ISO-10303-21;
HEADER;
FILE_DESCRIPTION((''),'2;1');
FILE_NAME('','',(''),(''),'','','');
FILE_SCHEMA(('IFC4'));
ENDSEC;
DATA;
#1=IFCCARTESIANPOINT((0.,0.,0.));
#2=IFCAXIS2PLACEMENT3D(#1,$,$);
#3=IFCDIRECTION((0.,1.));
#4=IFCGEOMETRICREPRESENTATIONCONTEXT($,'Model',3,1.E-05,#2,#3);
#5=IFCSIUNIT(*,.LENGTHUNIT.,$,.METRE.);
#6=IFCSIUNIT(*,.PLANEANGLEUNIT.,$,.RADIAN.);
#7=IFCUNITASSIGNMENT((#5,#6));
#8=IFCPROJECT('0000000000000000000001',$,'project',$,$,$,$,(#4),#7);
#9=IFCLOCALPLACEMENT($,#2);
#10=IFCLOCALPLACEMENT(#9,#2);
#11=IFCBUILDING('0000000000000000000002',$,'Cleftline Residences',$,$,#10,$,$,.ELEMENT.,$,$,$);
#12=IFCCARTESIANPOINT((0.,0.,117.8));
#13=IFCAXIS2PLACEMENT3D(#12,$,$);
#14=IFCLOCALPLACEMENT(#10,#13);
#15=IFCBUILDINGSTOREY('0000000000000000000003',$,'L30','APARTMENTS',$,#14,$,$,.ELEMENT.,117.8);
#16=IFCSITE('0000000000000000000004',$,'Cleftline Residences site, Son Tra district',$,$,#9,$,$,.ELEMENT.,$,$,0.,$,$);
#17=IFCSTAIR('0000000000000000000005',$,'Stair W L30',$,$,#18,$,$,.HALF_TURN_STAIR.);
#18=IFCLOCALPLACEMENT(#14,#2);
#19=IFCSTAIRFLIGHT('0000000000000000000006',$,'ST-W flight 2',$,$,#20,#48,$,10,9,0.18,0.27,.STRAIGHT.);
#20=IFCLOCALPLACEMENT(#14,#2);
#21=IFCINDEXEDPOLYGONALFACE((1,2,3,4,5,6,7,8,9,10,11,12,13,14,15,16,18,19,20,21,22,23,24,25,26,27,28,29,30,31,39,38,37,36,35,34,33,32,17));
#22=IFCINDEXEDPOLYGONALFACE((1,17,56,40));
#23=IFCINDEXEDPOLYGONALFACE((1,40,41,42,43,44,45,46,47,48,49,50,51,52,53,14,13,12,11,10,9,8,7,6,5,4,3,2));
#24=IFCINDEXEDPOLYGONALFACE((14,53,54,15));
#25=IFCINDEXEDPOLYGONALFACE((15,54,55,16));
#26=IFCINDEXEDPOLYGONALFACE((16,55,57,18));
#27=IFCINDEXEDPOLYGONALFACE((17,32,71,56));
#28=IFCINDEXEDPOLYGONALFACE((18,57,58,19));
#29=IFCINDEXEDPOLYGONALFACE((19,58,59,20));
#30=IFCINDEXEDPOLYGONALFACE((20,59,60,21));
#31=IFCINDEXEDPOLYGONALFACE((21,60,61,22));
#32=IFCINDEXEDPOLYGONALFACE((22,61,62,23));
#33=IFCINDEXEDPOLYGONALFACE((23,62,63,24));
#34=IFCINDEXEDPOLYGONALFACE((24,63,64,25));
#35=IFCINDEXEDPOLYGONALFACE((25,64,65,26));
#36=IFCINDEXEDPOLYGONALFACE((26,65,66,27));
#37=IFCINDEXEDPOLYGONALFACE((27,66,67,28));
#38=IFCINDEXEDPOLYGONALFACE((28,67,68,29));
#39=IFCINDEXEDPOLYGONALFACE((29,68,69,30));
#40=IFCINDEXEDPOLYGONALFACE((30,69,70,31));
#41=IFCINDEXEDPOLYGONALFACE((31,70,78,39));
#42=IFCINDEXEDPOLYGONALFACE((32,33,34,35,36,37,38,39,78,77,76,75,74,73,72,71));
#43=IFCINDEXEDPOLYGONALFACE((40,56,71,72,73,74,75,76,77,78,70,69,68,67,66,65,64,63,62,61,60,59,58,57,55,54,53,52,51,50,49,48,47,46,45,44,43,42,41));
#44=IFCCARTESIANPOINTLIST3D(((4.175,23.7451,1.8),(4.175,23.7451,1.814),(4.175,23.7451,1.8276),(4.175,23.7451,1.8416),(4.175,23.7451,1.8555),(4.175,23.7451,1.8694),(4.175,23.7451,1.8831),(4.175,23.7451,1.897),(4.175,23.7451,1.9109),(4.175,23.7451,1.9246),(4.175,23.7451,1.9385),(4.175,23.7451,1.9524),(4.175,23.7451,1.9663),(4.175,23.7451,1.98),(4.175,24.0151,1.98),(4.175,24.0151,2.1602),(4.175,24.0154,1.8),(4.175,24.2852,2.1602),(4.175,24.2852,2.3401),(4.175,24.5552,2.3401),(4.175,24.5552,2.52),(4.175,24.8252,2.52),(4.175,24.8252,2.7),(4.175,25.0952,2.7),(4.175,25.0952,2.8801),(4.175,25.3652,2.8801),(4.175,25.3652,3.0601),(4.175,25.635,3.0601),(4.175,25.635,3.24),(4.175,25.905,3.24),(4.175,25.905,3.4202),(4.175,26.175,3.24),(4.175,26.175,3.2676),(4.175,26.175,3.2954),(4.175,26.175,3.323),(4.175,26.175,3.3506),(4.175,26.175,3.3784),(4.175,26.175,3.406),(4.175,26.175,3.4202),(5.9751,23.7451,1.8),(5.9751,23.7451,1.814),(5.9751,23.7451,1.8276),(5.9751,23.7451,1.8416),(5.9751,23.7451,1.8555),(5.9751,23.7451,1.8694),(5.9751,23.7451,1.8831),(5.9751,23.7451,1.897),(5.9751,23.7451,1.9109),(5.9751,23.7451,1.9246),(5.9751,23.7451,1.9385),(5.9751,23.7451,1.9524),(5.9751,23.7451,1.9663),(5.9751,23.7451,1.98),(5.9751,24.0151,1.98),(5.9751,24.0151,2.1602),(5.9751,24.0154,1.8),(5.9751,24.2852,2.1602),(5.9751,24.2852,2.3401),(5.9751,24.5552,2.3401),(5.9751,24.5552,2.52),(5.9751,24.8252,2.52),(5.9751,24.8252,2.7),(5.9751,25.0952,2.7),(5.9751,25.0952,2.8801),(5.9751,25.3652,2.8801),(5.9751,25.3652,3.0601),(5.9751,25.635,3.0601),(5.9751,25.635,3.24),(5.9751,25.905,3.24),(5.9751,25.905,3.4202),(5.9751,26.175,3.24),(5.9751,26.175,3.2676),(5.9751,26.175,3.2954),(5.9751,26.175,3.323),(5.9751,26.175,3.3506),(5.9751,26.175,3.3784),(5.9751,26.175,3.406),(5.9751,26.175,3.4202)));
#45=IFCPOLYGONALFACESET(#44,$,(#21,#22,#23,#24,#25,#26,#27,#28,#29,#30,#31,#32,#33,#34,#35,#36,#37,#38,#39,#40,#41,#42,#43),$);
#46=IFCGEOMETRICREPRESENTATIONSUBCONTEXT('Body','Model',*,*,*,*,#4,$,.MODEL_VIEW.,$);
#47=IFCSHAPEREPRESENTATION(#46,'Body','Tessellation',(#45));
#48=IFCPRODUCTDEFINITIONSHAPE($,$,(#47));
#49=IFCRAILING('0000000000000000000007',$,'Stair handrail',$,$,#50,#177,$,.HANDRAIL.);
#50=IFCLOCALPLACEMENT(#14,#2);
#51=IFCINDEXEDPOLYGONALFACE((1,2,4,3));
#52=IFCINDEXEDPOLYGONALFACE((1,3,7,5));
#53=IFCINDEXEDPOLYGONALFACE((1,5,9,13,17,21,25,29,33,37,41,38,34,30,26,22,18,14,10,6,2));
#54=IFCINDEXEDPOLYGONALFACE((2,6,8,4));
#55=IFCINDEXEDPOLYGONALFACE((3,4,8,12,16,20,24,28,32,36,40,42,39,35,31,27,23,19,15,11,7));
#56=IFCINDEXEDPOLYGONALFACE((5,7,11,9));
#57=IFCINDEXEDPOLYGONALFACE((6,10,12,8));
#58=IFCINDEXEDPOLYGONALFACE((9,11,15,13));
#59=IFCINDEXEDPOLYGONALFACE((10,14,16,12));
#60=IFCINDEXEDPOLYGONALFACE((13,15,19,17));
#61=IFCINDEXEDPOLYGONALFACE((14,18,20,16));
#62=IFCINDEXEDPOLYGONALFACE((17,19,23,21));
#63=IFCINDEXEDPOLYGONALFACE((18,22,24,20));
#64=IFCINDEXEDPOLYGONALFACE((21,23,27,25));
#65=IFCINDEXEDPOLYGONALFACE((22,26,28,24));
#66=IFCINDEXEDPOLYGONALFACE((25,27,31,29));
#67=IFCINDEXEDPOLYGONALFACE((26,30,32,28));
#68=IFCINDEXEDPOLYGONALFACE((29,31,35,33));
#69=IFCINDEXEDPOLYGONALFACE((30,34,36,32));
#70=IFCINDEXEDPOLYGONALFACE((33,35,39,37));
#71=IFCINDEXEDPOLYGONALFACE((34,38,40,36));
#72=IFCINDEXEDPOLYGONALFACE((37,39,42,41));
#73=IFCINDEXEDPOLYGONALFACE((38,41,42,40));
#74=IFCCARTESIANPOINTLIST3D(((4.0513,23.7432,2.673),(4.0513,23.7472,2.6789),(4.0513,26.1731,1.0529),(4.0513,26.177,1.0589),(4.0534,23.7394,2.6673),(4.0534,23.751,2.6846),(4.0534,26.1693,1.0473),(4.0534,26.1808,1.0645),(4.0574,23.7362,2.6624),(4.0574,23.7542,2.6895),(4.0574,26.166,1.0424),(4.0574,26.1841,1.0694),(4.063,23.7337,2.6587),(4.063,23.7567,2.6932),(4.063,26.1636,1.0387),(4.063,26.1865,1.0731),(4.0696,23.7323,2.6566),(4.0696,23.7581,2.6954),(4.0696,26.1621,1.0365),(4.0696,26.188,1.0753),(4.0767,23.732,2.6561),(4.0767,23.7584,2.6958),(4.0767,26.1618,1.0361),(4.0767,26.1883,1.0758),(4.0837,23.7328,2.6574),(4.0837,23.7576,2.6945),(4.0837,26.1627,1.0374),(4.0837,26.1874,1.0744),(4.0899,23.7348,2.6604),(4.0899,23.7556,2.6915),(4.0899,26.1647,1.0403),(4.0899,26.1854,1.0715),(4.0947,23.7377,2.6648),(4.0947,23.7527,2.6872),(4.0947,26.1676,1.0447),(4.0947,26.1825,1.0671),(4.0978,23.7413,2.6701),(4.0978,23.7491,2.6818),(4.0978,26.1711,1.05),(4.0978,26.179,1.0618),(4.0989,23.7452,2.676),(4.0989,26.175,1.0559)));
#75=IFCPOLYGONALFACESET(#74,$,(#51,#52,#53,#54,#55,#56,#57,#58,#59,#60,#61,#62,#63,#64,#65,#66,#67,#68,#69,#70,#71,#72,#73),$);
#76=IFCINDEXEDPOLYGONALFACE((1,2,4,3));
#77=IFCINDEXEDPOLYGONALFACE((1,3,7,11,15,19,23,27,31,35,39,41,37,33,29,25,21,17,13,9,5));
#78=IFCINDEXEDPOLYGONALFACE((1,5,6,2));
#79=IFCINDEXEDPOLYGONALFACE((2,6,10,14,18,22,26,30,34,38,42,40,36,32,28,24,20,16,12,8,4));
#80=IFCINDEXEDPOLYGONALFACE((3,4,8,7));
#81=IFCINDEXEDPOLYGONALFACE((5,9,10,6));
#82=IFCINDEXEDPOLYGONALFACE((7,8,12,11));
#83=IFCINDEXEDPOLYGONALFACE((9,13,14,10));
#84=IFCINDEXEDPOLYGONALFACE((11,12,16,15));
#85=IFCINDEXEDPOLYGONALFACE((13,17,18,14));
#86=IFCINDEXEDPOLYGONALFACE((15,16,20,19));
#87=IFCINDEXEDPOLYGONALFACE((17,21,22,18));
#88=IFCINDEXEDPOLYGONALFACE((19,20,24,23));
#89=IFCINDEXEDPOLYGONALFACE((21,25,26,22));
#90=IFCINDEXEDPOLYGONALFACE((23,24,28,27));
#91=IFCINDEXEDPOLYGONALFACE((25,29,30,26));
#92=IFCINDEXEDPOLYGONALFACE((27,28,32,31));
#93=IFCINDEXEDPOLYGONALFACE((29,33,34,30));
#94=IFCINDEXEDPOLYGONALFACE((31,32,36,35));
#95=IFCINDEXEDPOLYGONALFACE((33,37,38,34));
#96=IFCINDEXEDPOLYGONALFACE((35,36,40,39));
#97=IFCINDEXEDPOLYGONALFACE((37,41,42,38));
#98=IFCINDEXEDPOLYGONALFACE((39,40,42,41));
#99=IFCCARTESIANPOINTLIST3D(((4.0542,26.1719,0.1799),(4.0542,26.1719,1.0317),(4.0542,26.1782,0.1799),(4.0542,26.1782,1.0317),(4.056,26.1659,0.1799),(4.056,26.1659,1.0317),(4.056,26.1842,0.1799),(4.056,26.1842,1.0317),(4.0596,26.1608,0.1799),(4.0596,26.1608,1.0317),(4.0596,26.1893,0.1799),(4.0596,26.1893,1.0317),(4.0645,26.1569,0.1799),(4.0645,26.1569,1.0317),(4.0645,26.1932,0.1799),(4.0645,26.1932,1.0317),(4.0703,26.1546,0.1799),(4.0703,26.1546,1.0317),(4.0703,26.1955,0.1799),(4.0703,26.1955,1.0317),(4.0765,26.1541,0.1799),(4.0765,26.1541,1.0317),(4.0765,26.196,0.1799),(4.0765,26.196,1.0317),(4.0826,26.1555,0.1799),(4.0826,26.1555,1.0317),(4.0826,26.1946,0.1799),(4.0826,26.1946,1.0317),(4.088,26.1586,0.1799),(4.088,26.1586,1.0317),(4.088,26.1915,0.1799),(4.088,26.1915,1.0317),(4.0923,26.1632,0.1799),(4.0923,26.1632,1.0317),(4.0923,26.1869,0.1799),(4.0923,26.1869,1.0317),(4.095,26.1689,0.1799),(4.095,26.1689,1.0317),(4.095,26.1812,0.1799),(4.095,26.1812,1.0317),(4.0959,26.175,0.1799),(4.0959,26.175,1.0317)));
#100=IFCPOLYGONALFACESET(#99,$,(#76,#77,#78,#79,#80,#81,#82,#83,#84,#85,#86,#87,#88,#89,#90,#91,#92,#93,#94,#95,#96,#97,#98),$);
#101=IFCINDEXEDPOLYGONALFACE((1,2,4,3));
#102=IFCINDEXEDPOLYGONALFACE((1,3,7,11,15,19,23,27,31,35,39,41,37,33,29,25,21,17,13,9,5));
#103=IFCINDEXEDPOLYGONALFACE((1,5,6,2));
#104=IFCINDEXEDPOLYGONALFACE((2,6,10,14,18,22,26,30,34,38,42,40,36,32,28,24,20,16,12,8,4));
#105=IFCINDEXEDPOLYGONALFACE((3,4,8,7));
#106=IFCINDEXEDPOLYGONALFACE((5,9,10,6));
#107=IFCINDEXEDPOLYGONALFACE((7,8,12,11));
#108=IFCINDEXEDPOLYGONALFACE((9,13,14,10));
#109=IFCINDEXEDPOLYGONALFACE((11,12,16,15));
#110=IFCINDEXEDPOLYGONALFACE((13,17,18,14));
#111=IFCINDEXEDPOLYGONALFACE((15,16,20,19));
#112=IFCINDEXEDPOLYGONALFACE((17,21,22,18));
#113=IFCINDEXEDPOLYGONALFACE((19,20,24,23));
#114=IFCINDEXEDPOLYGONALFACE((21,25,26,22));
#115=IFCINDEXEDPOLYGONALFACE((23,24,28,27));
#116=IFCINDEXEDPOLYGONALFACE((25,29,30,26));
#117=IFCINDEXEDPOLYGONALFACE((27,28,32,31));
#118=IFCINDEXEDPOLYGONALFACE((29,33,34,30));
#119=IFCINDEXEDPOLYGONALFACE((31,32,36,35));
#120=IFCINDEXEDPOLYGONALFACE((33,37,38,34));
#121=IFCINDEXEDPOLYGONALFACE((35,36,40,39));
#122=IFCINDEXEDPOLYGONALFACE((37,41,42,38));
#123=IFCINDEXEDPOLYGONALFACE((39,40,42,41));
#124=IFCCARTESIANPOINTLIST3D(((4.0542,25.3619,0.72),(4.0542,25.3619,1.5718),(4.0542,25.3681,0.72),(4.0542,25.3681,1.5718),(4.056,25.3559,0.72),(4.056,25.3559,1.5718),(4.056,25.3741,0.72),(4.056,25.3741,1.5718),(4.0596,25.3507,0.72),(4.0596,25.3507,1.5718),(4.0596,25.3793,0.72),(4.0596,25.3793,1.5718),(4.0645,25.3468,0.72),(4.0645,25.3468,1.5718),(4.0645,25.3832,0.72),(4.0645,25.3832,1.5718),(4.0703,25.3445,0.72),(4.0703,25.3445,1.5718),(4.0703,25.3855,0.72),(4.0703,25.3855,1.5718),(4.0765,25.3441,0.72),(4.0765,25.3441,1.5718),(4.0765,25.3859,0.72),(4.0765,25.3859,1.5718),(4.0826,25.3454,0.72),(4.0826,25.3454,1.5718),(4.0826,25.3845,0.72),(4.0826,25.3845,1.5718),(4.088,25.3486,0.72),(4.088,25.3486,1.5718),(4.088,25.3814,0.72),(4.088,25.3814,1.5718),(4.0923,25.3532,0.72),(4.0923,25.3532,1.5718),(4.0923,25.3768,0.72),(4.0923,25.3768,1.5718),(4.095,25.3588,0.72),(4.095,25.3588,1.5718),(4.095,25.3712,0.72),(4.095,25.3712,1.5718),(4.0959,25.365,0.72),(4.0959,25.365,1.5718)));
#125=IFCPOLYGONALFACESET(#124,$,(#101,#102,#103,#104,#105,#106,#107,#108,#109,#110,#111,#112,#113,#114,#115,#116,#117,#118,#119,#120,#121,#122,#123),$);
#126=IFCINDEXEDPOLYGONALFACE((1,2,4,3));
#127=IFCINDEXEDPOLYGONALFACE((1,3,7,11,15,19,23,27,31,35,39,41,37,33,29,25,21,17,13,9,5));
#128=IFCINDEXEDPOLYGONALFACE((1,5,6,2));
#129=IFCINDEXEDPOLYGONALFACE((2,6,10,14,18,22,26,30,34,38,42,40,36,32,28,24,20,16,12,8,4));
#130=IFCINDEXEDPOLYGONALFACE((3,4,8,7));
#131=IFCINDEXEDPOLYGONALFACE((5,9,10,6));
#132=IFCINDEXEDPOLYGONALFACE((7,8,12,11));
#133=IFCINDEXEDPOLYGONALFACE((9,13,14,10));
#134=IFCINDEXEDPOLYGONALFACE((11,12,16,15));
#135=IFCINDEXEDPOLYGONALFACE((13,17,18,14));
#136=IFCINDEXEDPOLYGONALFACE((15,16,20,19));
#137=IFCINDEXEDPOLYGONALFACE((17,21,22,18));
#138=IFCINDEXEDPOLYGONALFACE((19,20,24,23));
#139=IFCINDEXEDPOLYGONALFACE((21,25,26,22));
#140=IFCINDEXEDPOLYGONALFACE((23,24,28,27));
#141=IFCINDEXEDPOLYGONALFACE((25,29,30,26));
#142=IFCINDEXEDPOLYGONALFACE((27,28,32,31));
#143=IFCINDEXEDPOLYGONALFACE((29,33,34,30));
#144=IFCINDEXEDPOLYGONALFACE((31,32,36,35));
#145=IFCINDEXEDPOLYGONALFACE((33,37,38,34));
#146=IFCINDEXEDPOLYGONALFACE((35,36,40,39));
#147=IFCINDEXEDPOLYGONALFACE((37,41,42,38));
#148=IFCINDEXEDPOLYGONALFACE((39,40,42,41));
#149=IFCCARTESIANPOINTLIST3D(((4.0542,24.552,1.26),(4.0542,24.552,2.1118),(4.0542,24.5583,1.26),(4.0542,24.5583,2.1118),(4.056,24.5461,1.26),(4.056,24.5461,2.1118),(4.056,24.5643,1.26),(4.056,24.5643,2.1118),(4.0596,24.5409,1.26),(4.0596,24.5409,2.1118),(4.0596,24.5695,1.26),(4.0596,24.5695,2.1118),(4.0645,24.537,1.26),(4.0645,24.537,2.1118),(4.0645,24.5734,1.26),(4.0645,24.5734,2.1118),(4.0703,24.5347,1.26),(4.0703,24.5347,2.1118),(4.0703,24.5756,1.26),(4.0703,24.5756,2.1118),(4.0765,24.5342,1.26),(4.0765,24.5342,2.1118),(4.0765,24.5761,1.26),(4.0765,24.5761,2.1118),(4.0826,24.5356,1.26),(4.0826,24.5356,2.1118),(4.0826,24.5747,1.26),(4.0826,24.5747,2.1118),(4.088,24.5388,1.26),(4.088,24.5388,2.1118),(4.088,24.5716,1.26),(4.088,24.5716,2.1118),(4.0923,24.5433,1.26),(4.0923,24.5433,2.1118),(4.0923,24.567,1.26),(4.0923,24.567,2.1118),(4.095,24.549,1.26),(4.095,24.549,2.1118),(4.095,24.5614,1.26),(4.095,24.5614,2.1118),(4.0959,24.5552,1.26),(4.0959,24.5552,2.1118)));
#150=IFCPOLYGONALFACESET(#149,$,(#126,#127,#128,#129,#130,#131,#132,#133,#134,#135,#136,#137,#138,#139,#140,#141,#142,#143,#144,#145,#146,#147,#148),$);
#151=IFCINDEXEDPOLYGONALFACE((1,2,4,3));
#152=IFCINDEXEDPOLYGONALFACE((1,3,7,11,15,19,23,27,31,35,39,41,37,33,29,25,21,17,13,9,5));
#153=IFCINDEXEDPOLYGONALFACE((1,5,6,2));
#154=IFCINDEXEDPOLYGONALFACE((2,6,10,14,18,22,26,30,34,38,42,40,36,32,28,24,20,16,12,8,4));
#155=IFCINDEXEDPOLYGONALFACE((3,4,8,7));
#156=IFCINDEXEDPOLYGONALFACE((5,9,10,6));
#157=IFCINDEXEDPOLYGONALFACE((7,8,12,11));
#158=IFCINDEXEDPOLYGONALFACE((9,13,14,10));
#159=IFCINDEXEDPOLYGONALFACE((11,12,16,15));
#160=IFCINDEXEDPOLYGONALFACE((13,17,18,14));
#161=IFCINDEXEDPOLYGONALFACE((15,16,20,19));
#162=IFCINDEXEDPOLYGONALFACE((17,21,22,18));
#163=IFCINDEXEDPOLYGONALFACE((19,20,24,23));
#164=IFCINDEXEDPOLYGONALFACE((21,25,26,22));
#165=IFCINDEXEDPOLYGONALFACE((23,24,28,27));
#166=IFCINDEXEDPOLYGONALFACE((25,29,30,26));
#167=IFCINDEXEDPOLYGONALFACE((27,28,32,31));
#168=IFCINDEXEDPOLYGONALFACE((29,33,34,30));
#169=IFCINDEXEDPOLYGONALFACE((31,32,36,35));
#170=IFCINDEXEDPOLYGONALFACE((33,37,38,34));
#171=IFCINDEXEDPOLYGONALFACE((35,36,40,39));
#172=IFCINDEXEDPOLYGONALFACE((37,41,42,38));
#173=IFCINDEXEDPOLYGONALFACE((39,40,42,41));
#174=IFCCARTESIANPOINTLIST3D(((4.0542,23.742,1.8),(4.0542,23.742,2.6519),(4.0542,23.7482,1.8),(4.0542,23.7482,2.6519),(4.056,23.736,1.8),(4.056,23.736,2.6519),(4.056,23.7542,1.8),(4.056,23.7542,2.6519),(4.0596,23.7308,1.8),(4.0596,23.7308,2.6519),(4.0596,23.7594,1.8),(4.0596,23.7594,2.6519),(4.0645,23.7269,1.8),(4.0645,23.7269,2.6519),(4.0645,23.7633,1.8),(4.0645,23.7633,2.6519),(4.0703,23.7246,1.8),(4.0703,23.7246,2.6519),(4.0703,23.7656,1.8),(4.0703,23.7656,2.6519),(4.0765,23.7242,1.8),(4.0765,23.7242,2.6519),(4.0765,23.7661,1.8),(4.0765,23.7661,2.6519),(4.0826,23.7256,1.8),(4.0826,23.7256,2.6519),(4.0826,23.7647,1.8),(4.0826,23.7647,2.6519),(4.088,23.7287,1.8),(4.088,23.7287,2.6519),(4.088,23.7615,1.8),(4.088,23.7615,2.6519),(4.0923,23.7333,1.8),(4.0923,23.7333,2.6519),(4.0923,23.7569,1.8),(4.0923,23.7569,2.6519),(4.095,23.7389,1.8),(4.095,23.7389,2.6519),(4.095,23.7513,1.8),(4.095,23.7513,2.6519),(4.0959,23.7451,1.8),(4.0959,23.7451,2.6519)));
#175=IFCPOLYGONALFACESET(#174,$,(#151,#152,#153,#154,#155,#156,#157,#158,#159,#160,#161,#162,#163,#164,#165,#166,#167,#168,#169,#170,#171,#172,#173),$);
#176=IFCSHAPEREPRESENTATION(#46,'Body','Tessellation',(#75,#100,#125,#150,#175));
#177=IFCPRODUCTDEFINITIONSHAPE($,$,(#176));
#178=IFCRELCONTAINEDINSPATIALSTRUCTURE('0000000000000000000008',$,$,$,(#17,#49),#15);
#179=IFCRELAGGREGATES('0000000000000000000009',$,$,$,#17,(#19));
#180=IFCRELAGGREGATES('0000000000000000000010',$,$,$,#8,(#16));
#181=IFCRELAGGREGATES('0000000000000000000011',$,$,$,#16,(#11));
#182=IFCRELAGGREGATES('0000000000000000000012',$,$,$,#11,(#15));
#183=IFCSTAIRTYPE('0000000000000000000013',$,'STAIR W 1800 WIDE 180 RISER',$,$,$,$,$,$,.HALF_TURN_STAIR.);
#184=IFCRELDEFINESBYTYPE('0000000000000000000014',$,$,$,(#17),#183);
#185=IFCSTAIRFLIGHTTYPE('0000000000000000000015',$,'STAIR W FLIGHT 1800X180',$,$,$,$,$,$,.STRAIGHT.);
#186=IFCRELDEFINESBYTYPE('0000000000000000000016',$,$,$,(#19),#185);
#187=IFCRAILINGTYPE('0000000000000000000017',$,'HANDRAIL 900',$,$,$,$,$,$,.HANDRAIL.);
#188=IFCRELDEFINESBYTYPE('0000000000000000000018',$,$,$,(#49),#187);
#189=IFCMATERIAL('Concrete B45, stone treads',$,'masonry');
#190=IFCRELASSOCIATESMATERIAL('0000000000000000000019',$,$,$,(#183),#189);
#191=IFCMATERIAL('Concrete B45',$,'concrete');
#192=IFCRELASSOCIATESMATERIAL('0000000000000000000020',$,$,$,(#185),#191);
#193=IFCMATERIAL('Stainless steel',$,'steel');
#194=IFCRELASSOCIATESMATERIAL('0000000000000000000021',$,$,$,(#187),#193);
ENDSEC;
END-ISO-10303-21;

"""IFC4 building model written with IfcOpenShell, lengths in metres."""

from ifc_helpers import new_model, si_unit, direction, frame, origin, origin_2d, place, context, subcontext, project, spatial, polyline, circle, outline, extrude, material, type_object, element, aggregate, save


model = new_model("IFC4")

# Units and contexts
model_context = context("Model", 3, precision=1e-05, world=origin(), true_north=direction((0.0, 1.0)))
body_context = subcontext(model_context, "Body", "Model", "MODEL_VIEW")
ifc_project = project(units=[si_unit("LENGTHUNIT", "METRE"), si_unit("PLANEANGLEUNIT", "RADIAN")], contexts=[model_context])

# Site, building, storey
site_placement = place(None, origin())
site = spatial("IfcSite", under=ifc_project, at=site_placement, Name="Cleftline Residences site, Son Tra district", CompositionType="ELEMENT", RefElevation=0.0)
building_placement = place(site_placement, origin())
building = spatial("IfcBuilding", under=site, at=building_placement, Name="Cleftline Residences", CompositionType="ELEMENT")
storey_placement = place(building_placement, frame((0.0, 0.0, 117.8)))
storey = spatial("IfcBuildingStorey", under=building, at=storey_placement, Name="L30", Description="APARTMENTS", CompositionType="ELEMENT", Elevation=117.8)

# Stair, stair flight
ifc_material_1 = material(Name="Concrete B45, stone treads", Category="masonry")
stair_type = type_object("IfcStairType", Name="STAIR W 1800 WIDE 180 RISER", PredefinedType="HALF_TURN_STAIR", material=ifc_material_1)
stair_placement = place(storey_placement, origin())
stair = element("IfcStair", 1, at=stair_placement, inside=storey, type_object=stair_type, Name="Stair W L30", PredefinedType="HALF_TURN_STAIR")
ifc_material_2 = material(Name="Concrete B45", Category="concrete")
stair_flight_type = type_object("IfcStairFlightType", Name="STAIR W FLIGHT 1800X180", PredefinedType="STRAIGHT", material=ifc_material_2)
stair_flight_1_placement = place(storey_placement, frame((5.075, 23.7451, 1.8), z_axis=(0.0, 0.0, 1.0), x_axis=(0.0, 1.0, 0.0)))
stair_flight_1 = element("IfcStairFlight", 2, at=stair_flight_1_placement, type_object=stair_flight_type, Name="ST-W flight 2", NumberOfRisers=10, NumberOfTreads=9, PredefinedType="STRAIGHT", RiserHeight=0.18, TreadLength=0.27, context=body_context, shape_type="SweptSolid", body=[
    extrude(outline(polyline([(0.0, 0.0), (0.0, 0.0139), (0.0, 0.0276), (0.0, 0.0415), (0.0, 0.0554), (0.0, 0.0693), (0.0, 0.083), (0.0, 0.0969), (0.0, 0.1108), (0.0, 0.1245), (0.0, 0.1384), (0.0, 0.1523), (0.0, 0.1663), (0.0, 0.1799), (0.27, 0.1799), (0.27, 0.3601), (0.54, 0.3601), (0.54, 0.54), (0.8101, 0.54), (0.8101, 0.72), (1.0801, 0.72), (1.0801, 0.8999), (1.3501, 0.8999), (1.3501, 1.0801), (1.6201, 1.0801), (1.6201, 1.26), (1.8899, 1.26), (1.8899, 1.4399), (2.1599, 1.4399), (2.1599, 1.6201), (2.4299, 1.6201), (2.4299, 1.8), (2.4299, 1.7722), (2.4299, 1.7446), (2.4299, 1.7168), (2.4299, 1.6892), (2.4299, 1.6614), (2.4299, 1.6338), (2.4299, 1.606), (2.4299, 1.5784), (2.4299, 1.5505), (2.4299, 1.5229), (2.4299, 1.4954), (2.4299, 1.4675), (2.4299, 1.4399), (0.2703, 0.0), (0.0, 0.0)])), frame((0.0, 0.8999, 0.0), z_axis=(0.0, -1.0, 0.0), x_axis=(1.0, 0.0, 0.0)), (0.0, 0.0, 1.0), 1.8),
])
aggregate(stair, [stair_flight_1])

# Railing
ifc_material_3 = material(Name="Stainless steel", Category="steel")
railing_type = type_object("IfcRailingType", Name="HANDRAIL 900", PredefinedType="HANDRAIL", material=ifc_material_3)
railing_1_placement = place(storey_placement, frame((4.075, 26.175, 0.1799)))
element("IfcRailing", 3, at=railing_1_placement, inside=storey, type_object=railing_type, Name="Stair handrail", PredefinedType="HANDRAIL", context=body_context, shape_type="SweptSolid", body=[
    extrude(circle(Radius=0.0239, at=origin_2d()), frame((0.0, 0.0, 0.876), z_axis=(0.0, -0.832025, 0.554739), x_axis=(1.0, 0.0, 0.0)), (0.0, 0.0, 1.0), 2.9204),
    extrude(circle(Radius=0.021, at=origin_2d()), origin(), (0.0, 0.0, 1.0), 0.8518),
    extrude(circle(Radius=0.021, at=origin_2d()), frame((0.0, -0.8101, 0.54)), (0.0, 0.0, 1.0), 0.8518),
    extrude(circle(Radius=0.021, at=origin_2d()), frame((0.0, -1.6199, 1.0801)), (0.0, 0.0, 1.0), 0.8518),
    extrude(circle(Radius=0.021, at=origin_2d()), frame((0.0, -2.4299, 1.6201)), (0.0, 0.0, 1.0), 0.8518),
])

save(model, "model.ifc")
